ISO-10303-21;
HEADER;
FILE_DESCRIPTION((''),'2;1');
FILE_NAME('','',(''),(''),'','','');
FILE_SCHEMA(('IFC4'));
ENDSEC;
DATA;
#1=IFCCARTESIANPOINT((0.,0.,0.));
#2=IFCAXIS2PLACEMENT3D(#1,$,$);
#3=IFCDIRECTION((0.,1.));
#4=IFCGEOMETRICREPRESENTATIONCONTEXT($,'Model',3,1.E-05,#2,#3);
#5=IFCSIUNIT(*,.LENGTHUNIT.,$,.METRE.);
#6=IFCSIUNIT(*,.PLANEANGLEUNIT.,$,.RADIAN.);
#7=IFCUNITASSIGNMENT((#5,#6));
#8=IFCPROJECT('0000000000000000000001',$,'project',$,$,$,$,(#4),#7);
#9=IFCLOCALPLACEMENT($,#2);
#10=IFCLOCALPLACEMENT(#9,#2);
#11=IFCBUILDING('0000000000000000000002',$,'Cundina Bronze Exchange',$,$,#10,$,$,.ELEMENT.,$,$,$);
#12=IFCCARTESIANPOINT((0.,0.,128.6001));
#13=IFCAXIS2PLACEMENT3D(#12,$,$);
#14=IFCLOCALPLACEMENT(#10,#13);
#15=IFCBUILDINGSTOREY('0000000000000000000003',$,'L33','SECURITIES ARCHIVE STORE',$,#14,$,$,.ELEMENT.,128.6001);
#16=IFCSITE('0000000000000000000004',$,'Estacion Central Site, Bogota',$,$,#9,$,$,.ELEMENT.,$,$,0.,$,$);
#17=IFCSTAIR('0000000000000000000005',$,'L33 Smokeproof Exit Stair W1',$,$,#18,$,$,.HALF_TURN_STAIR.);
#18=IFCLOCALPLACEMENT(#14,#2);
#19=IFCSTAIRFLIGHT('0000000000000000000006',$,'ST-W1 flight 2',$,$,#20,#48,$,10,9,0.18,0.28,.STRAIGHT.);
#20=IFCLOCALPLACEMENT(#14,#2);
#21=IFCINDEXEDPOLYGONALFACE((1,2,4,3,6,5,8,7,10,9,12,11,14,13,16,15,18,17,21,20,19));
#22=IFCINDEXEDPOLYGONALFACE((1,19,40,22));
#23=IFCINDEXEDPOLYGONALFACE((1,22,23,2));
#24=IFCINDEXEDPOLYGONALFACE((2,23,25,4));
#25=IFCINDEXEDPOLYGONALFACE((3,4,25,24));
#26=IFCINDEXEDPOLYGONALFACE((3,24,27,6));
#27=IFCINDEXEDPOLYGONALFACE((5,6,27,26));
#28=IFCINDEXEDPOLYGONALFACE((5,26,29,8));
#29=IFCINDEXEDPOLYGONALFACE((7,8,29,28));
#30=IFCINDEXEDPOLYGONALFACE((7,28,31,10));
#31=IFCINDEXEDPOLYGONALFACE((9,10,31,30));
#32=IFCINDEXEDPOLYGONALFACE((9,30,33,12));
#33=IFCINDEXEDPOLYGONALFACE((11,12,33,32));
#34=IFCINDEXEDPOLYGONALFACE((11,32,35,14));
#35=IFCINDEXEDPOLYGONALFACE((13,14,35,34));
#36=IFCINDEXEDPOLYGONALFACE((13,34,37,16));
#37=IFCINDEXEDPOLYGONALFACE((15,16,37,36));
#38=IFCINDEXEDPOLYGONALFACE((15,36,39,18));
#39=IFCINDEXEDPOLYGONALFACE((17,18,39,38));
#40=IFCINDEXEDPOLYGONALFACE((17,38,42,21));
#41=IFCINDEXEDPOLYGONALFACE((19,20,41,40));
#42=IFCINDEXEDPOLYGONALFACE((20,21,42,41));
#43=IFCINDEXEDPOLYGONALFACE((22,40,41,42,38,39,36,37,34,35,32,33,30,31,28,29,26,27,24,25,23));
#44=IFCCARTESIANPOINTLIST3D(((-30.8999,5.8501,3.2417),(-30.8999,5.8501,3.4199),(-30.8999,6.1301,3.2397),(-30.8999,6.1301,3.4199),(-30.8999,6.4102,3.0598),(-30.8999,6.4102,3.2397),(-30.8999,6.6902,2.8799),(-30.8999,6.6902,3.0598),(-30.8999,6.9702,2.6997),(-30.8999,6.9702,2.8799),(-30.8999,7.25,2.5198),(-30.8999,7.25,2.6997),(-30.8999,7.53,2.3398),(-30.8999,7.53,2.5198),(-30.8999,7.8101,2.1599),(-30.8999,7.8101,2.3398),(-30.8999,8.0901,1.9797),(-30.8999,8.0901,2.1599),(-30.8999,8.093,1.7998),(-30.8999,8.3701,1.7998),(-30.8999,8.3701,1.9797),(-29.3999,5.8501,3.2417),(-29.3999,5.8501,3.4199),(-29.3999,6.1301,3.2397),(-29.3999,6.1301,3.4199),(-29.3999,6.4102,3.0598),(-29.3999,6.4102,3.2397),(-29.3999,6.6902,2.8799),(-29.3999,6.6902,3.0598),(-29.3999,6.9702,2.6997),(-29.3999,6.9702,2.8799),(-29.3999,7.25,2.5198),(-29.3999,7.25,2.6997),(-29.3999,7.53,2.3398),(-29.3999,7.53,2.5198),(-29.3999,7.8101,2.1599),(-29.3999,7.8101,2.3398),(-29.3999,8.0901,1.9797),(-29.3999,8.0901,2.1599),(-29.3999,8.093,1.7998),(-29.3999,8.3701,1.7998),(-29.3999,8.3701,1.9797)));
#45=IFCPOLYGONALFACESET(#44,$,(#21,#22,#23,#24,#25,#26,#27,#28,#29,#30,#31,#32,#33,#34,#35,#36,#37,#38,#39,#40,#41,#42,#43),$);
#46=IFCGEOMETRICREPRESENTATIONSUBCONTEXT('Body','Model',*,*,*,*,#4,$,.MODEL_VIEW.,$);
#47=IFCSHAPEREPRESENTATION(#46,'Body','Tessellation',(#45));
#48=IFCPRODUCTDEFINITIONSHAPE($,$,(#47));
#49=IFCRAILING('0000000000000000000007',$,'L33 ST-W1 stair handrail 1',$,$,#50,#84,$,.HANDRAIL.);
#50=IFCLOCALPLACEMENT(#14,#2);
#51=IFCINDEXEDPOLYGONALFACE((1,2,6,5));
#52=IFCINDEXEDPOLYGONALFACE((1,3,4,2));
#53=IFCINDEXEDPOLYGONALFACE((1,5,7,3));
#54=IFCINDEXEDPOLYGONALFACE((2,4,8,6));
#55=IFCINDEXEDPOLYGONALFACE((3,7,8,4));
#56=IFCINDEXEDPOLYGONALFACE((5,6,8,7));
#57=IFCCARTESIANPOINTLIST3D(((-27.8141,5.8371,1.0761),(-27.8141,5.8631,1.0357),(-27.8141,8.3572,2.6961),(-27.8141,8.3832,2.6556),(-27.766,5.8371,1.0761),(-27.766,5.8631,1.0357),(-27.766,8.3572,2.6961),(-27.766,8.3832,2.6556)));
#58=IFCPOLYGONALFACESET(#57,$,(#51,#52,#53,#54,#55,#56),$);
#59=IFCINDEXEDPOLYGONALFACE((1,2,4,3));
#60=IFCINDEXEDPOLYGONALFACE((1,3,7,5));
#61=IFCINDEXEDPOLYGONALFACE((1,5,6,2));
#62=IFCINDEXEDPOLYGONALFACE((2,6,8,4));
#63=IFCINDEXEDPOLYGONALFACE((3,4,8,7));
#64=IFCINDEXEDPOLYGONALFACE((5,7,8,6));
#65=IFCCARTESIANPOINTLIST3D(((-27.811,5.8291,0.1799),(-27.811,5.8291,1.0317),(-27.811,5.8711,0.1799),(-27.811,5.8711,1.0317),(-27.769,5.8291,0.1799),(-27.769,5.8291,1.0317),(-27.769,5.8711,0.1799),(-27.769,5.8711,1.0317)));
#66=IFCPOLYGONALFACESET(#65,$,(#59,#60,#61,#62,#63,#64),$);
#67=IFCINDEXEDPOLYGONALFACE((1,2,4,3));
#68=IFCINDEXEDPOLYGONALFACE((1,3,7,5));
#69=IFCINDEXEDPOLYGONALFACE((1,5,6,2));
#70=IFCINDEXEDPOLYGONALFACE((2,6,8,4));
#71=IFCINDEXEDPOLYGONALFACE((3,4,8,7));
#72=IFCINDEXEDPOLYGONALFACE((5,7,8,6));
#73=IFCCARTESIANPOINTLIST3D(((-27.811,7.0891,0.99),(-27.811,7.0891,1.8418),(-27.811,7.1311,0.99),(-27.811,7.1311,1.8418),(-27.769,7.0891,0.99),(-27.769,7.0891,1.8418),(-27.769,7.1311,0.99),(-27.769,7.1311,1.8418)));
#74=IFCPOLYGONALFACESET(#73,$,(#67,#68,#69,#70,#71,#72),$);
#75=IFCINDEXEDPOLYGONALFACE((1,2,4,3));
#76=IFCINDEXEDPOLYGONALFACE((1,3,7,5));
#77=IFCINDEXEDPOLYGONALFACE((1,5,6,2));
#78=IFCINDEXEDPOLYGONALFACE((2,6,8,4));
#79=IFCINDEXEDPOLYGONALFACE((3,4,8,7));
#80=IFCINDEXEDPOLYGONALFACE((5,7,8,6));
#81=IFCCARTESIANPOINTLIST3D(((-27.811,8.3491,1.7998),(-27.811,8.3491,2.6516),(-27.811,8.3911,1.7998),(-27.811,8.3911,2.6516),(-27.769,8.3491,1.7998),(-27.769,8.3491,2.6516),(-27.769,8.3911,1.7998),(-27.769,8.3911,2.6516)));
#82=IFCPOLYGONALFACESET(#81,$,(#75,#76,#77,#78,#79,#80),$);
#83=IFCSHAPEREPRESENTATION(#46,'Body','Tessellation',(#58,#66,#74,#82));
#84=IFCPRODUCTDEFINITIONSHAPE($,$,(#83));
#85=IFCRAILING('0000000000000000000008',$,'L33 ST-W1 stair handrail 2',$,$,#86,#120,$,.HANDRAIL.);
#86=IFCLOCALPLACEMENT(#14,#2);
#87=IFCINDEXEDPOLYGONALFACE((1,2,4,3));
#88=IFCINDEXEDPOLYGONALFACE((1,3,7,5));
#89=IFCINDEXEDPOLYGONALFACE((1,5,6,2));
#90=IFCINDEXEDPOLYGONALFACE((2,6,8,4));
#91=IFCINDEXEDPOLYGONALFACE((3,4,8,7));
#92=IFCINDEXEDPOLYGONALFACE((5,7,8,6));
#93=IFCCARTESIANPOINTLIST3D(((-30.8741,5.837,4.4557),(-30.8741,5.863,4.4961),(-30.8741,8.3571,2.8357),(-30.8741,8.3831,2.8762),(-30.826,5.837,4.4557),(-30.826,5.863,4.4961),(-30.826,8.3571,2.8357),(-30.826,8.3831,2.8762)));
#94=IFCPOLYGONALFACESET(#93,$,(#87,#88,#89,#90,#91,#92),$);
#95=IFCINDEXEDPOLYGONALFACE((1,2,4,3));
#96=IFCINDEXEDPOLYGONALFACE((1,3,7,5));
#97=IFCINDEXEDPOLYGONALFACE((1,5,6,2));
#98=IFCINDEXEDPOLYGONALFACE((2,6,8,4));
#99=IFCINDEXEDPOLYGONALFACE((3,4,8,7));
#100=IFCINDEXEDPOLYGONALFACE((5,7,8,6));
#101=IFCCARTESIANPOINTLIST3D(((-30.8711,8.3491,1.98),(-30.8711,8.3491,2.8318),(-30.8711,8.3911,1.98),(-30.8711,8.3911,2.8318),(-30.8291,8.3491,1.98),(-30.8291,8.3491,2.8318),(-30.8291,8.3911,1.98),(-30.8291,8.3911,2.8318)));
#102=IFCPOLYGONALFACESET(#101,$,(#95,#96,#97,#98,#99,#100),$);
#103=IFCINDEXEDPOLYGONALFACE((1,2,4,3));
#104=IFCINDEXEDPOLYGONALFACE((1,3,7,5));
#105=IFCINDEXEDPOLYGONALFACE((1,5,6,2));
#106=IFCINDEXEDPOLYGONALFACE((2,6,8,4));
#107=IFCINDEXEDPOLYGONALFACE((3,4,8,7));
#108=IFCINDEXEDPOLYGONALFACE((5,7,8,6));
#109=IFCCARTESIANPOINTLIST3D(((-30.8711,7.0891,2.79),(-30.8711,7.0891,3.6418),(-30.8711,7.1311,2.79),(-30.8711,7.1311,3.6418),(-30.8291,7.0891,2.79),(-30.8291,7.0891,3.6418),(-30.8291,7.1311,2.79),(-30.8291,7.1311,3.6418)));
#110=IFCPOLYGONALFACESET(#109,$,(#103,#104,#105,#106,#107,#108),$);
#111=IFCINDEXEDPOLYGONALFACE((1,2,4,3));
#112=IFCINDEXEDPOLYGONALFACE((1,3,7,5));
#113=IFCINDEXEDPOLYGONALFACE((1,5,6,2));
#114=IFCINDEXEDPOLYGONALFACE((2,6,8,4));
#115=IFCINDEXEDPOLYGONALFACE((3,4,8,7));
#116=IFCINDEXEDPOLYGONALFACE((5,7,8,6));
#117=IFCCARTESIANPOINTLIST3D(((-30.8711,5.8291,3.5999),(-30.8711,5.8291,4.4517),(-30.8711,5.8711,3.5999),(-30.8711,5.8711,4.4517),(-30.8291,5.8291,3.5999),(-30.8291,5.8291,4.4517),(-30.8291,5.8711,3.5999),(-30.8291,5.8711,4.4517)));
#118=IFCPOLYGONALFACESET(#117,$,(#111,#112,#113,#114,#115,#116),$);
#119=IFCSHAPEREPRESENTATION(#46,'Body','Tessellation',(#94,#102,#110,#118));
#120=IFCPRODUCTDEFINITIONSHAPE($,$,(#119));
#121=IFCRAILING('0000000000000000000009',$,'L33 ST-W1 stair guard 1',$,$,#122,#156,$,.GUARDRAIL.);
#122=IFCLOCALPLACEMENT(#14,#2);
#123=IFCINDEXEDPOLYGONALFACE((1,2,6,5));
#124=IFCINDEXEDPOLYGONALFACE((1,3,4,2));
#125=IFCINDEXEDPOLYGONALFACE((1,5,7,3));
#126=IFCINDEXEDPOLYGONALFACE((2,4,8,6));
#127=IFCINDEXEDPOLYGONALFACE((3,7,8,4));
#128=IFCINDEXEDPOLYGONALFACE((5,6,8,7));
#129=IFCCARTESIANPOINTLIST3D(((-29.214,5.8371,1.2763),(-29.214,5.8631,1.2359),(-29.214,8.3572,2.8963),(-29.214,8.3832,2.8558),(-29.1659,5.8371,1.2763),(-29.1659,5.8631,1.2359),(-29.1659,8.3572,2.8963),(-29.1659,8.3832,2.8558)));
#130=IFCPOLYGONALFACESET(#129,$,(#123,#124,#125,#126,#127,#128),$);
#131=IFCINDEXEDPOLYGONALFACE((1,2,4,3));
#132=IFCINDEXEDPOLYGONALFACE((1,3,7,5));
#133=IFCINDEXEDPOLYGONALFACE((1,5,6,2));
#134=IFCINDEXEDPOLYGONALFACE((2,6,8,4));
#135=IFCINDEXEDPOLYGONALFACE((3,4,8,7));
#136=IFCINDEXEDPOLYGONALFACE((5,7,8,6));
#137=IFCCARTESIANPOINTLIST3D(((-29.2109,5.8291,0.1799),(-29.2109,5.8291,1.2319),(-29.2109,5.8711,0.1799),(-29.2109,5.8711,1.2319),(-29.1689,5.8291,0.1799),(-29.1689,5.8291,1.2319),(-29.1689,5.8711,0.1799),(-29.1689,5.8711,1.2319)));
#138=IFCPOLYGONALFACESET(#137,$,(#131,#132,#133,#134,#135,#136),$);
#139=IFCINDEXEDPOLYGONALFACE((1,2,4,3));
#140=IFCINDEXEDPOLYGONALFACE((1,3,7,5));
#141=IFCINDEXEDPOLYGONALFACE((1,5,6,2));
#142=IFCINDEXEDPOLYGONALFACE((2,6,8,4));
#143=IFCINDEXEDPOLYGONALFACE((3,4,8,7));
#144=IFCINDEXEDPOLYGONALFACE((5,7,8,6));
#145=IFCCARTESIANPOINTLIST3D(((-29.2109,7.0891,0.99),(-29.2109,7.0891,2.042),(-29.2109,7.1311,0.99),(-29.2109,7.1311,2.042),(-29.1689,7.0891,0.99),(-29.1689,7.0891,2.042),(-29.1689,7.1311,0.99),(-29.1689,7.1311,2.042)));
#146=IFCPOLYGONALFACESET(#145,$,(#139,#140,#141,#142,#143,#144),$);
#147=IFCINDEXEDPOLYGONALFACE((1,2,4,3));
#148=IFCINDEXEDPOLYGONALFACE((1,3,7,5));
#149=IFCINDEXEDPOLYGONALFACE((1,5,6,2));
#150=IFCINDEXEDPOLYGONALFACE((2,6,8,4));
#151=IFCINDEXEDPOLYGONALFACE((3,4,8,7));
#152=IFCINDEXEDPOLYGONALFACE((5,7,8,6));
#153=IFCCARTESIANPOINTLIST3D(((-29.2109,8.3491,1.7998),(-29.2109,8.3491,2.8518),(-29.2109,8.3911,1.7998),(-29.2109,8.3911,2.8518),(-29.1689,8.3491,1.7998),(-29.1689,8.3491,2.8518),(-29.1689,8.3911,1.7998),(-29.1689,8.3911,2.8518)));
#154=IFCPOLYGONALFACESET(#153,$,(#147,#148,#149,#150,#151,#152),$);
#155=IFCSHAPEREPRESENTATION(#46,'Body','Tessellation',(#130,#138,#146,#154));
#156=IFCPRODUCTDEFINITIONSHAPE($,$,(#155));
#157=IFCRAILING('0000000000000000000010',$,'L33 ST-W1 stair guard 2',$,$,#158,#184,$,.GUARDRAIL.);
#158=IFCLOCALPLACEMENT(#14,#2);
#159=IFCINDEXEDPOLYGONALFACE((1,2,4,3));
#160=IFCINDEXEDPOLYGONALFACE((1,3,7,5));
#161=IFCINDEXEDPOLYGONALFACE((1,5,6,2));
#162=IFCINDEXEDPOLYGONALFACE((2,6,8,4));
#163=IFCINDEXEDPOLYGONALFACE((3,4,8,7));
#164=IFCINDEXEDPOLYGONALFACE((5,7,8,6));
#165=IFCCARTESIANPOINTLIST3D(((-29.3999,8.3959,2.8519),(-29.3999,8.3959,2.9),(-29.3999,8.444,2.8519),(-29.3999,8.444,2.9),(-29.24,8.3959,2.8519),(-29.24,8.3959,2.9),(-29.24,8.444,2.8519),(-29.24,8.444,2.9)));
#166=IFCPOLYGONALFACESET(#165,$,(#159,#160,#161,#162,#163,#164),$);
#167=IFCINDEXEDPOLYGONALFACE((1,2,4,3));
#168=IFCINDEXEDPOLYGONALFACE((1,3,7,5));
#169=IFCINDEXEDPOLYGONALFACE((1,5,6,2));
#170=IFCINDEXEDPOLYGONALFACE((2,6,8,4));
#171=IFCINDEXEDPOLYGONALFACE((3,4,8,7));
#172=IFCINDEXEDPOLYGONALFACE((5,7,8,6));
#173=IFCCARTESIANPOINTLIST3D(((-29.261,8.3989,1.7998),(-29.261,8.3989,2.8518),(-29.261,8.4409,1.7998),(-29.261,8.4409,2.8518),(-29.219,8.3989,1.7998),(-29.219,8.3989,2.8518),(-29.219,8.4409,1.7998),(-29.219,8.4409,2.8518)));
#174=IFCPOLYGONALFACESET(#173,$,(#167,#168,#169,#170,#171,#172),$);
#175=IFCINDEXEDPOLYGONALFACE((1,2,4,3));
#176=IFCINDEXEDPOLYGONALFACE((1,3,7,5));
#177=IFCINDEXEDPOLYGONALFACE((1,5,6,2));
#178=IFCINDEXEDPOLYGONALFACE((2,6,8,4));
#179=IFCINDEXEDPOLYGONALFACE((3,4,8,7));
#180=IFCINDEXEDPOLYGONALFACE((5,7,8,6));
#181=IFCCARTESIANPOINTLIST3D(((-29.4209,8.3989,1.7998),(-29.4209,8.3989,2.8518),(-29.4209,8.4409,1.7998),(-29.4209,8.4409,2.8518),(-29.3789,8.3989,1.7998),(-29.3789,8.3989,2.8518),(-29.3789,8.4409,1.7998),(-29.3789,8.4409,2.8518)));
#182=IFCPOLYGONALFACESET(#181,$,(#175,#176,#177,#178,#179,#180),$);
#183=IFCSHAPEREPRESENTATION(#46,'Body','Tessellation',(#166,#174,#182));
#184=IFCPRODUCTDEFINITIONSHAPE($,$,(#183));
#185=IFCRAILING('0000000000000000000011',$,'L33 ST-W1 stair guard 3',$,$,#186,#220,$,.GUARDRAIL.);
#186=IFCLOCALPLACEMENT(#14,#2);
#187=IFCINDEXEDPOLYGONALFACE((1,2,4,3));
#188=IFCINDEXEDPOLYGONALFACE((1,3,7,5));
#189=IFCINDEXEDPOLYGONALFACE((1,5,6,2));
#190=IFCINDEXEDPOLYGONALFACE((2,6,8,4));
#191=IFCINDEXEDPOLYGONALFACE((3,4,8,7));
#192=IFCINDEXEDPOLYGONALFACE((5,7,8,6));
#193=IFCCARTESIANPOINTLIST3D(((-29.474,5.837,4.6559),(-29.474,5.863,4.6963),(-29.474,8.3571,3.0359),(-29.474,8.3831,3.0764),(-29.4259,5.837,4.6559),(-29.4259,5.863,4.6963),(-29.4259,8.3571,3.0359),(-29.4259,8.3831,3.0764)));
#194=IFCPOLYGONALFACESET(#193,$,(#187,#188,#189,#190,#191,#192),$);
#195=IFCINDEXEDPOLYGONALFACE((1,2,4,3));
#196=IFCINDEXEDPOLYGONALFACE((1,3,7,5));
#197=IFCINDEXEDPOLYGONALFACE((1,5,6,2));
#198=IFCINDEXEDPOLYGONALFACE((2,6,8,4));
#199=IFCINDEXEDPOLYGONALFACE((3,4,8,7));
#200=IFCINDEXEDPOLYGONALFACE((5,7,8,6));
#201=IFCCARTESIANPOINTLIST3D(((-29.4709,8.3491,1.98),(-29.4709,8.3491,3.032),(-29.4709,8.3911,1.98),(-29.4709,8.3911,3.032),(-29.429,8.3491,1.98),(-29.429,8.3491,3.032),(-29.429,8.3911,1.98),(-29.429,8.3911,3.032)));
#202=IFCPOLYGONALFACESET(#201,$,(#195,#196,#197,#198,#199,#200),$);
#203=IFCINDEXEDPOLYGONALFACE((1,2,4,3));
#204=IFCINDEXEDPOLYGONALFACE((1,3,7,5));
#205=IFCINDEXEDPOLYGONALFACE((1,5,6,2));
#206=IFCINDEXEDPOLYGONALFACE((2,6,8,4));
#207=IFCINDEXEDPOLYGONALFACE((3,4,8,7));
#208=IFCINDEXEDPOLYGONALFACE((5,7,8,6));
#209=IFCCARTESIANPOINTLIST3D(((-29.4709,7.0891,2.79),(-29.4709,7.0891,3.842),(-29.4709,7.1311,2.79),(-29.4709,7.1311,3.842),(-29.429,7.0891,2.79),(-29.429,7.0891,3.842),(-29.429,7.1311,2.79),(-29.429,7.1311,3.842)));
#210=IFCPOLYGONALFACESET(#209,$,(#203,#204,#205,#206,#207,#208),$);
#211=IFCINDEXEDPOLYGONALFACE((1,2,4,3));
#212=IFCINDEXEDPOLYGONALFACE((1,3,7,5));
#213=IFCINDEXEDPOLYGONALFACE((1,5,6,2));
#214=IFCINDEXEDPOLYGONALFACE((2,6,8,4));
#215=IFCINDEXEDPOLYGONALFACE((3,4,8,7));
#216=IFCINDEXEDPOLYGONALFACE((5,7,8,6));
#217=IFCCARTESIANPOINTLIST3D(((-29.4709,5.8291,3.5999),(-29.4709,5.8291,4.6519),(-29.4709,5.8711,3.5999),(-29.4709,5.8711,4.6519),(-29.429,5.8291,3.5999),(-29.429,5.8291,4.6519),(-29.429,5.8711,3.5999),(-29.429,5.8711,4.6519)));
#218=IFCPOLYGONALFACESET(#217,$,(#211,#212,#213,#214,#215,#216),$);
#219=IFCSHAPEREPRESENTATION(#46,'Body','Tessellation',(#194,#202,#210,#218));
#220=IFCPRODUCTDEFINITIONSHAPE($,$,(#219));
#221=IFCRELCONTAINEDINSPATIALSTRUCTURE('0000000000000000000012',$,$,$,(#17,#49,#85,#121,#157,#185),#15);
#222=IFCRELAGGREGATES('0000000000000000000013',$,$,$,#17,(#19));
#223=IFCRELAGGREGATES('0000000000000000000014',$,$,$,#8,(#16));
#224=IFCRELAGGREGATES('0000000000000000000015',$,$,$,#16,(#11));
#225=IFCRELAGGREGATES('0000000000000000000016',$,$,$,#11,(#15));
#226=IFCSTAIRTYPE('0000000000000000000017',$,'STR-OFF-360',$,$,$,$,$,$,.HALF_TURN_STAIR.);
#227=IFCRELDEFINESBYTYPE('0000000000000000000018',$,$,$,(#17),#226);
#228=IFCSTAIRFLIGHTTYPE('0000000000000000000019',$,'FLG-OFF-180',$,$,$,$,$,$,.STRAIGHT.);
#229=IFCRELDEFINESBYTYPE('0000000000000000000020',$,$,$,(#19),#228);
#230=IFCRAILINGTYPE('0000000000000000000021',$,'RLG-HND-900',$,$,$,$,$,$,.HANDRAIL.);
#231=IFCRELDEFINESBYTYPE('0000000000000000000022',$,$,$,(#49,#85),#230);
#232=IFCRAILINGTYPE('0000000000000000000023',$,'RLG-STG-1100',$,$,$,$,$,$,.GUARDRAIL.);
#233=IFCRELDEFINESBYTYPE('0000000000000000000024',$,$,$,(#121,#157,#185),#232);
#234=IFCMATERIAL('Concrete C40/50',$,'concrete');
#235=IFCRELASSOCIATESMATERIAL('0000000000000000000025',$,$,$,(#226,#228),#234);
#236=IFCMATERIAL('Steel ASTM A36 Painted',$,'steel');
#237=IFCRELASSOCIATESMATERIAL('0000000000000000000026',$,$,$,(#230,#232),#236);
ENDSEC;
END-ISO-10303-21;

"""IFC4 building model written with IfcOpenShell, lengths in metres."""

from ifc_helpers import new_model, si_unit, direction, frame, origin, origin_2d, place, context, subcontext, project, spatial, polyline, rectangle, outline, extrude, material, type_object, element, aggregate, save


model = new_model("IFC4")

# Units and contexts
model_context = context("Model", 3, precision=1e-05, world=origin(), true_north=direction((0.0, 1.0)))
body_context = subcontext(model_context, "Body", "Model", "MODEL_VIEW")
ifc_project = project(units=[si_unit("LENGTHUNIT", "METRE"), si_unit("PLANEANGLEUNIT", "RADIAN")], contexts=[model_context])

# Site, building, storey
site_placement = place(None, origin())
site = spatial("IfcSite", under=ifc_project, at=site_placement, Name="Estacion Central Site, Bogota", CompositionType="ELEMENT", RefElevation=0.0)
building_placement = place(site_placement, origin())
building = spatial("IfcBuilding", under=site, at=building_placement, Name="Cundina Bronze Exchange", CompositionType="ELEMENT")
storey_placement = place(building_placement, frame((0.0, 0.0, 128.6001)))
storey = spatial("IfcBuildingStorey", under=building, at=storey_placement, Name="L33", Description="SECURITIES ARCHIVE STORE", CompositionType="ELEMENT", Elevation=128.6001)

# Shared definitions
ifc_material_1 = material(Name="Steel ASTM A36 Painted", Category="steel")

# Stair, stair flight
ifc_material_2 = material(Name="Concrete C40/50", Category="concrete")
stair_type = type_object("IfcStairType", Name="STR-OFF-360", PredefinedType="HALF_TURN_STAIR", material=ifc_material_2)
stair_placement = place(storey_placement, origin())
stair = element("IfcStair", 1, at=stair_placement, inside=storey, type_object=stair_type, Name="L33 Smokeproof Exit Stair W1", PredefinedType="HALF_TURN_STAIR")
stair_flight_type = type_object("IfcStairFlightType", Name="FLG-OFF-180", PredefinedType="STRAIGHT", material=ifc_material_2)
stair_flight_1_placement = place(storey_placement, frame((-30.1499, 8.3701, 1.7998), z_axis=(0.0, 0.0, 1.0), x_axis=(0.0, -1.0, 0.0)))
stair_flight_1 = element("IfcStairFlight", 2, at=stair_flight_1_placement, type_object=stair_flight_type, Name="ST-W1 flight 2", NumberOfRisers=10, NumberOfTreads=9, PredefinedType="STRAIGHT", RiserHeight=0.18, TreadLength=0.28, context=body_context, shape_type="SweptSolid", body=[
    extrude(outline(polyline([(0.0, 0.0), (0.0, 0.1799), (0.28, 0.1799), (0.28, 0.3601), (0.5601, 0.3601), (0.5601, 0.54), (0.8401, 0.54), (0.8401, 0.72), (1.1201, 0.72), (1.1201, 0.8999), (1.3999, 0.8999), (1.3999, 1.0801), (1.6799, 1.0801), (1.6799, 1.26), (1.96, 1.26), (1.96, 1.4399), (2.24, 1.4399), (2.24, 1.6201), (2.52, 1.6201), (2.52, 1.8), (2.52, 1.4419), (0.2771, 0.0), (0.0, 0.0)])), frame((0.0, 0.75, 0.0), z_axis=(0.0, -1.0, 0.0), x_axis=(1.0, 0.0, 0.0)), (0.0, 0.0, 1.0), 1.5),
])
aggregate(stair, [stair_flight_1])

# Railings
railing_type_1 = type_object("IfcRailingType", Name="RLG-HND-900", PredefinedType="HANDRAIL", material=ifc_material_1)
railing_1_placement = place(storey_placement, frame((-27.79, 5.8501, 0.1799)))
element("IfcRailing", 3, at=railing_1_placement, inside=storey, type_object=railing_type_1, Name="L33 ST-W1 stair handrail 1", PredefinedType="HANDRAIL", context=body_context, shape_type="SweptSolid", body=[
    extrude(rectangle(XDim=0.0481, YDim=0.0481, at=origin_2d()), frame((0.0, 0.0, 0.876), z_axis=(0.0, 0.8412, 0.540725), x_axis=(-1.0, 0.0, 0.0)), (0.0, 0.0, 1.0), 2.9958),
    extrude(rectangle(XDim=0.042, YDim=0.042, at=origin_2d()), origin(), (0.0, 0.0, 1.0), 0.8518),
    extrude(rectangle(XDim=0.042, YDim=0.042, at=origin_2d()), frame((0.0, 1.26, 0.8101)), (0.0, 0.0, 1.0), 0.8518),
    extrude(rectangle(XDim=0.042, YDim=0.042, at=origin_2d()), frame((0.0, 2.52, 1.6199)), (0.0, 0.0, 1.0), 0.8518),
])
railing_2_placement = place(storey_placement, frame((-30.8501, 8.3701, 1.98)))
element("IfcRailing", 4, at=railing_2_placement, inside=storey, type_object=railing_type_1, Name="L33 ST-W1 stair handrail 2", PredefinedType="HANDRAIL", context=body_context, shape_type="SweptSolid", body=[
    extrude(rectangle(XDim=0.0481, YDim=0.0481, at=origin_2d()), frame((0.0, 0.0, 0.876), z_axis=(0.0, -0.8412, 0.540725), x_axis=(1.0, 0.0, 0.0)), (0.0, 0.0, 1.0), 2.9958),
    extrude(rectangle(XDim=0.042, YDim=0.042, at=origin_2d()), origin(), (0.0, 0.0, 1.0), 0.8518),
    extrude(rectangle(XDim=0.042, YDim=0.042, at=origin_2d()), frame((0.0, -1.26, 0.8101)), (0.0, 0.0, 1.0), 0.8518),
    extrude(rectangle(XDim=0.042, YDim=0.042, at=origin_2d()), frame((0.0, -2.52, 1.6199)), (0.0, 0.0, 1.0), 0.8518),
])
railing_type_2 = type_object("IfcRailingType", Name="RLG-STG-1100", PredefinedType="GUARDRAIL", material=ifc_material_1)
railing_3_placement = place(storey_placement, frame((-29.1899, 5.8501, 0.1799)))
element("IfcRailing", 5, at=railing_3_placement, inside=storey, type_object=railing_type_2, Name="L33 ST-W1 stair guard 1", PredefinedType="GUARDRAIL", context=body_context, shape_type="SweptSolid", body=[
    extrude(rectangle(XDim=0.0481, YDim=0.0481, at=origin_2d()), frame((0.0, 0.0, 1.0762), z_axis=(0.0, 0.8412, 0.540725), x_axis=(-1.0, 0.0, 0.0)), (0.0, 0.0, 1.0), 2.9958),
    extrude(rectangle(XDim=0.042, YDim=0.042, at=origin_2d()), origin(), (0.0, 0.0, 1.0), 1.052),
    extrude(rectangle(XDim=0.042, YDim=0.042, at=origin_2d()), frame((0.0, 1.26, 0.8101)), (0.0, 0.0, 1.0), 1.052),
    extrude(rectangle(XDim=0.042, YDim=0.042, at=origin_2d()), frame((0.0, 2.52, 1.6199)), (0.0, 0.0, 1.0), 1.052),
])
railing_4_placement = place(storey_placement, frame((-29.24, 8.4199, 1.7998)))
element("IfcRailing", 6, at=railing_4_placement, inside=storey, type_object=railing_type_2, Name="L33 ST-W1 stair guard 2", PredefinedType="GUARDRAIL", context=body_context, shape_type="SweptSolid", body=[
    extrude(rectangle(XDim=0.0481, YDim=0.0481, at=origin_2d()), frame((0.0, 0.0, 1.0762), z_axis=(-1.0, 0.0, 0.0), x_axis=(0.0, -1.0, 0.0)), (0.0, 0.0, 1.0), 0.1599),
    extrude(rectangle(XDim=0.042, YDim=0.042, at=origin_2d()), origin(), (0.0, 0.0, 1.0), 1.052),
    extrude(rectangle(XDim=0.042, YDim=0.042, at=origin_2d()), frame((-0.1599, 0.0, 0.0)), (0.0, 0.0, 1.0), 1.052),
])
railing_5_placement = place(storey_placement, frame((-29.45, 8.3701, 1.98)))
element("IfcRailing", 7, at=railing_5_placement, inside=storey, type_object=railing_type_2, Name="L33 ST-W1 stair guard 3", PredefinedType="GUARDRAIL", context=body_context, shape_type="SweptSolid", body=[
    extrude(rectangle(XDim=0.0481, YDim=0.0481, at=origin_2d()), frame((0.0, 0.0, 1.0762), z_axis=(0.0, -0.8412, 0.540725), x_axis=(1.0, 0.0, 0.0)), (0.0, 0.0, 1.0), 2.9958),
    extrude(rectangle(XDim=0.042, YDim=0.042, at=origin_2d()), origin(), (0.0, 0.0, 1.0), 1.052),
    extrude(rectangle(XDim=0.042, YDim=0.042, at=origin_2d()), frame((0.0, -1.26, 0.8101)), (0.0, 0.0, 1.0), 1.052),
    extrude(rectangle(XDim=0.042, YDim=0.042, at=origin_2d()), frame((0.0, -2.52, 1.6199)), (0.0, 0.0, 1.0), 1.052),
])

save(model, "model.ifc")
